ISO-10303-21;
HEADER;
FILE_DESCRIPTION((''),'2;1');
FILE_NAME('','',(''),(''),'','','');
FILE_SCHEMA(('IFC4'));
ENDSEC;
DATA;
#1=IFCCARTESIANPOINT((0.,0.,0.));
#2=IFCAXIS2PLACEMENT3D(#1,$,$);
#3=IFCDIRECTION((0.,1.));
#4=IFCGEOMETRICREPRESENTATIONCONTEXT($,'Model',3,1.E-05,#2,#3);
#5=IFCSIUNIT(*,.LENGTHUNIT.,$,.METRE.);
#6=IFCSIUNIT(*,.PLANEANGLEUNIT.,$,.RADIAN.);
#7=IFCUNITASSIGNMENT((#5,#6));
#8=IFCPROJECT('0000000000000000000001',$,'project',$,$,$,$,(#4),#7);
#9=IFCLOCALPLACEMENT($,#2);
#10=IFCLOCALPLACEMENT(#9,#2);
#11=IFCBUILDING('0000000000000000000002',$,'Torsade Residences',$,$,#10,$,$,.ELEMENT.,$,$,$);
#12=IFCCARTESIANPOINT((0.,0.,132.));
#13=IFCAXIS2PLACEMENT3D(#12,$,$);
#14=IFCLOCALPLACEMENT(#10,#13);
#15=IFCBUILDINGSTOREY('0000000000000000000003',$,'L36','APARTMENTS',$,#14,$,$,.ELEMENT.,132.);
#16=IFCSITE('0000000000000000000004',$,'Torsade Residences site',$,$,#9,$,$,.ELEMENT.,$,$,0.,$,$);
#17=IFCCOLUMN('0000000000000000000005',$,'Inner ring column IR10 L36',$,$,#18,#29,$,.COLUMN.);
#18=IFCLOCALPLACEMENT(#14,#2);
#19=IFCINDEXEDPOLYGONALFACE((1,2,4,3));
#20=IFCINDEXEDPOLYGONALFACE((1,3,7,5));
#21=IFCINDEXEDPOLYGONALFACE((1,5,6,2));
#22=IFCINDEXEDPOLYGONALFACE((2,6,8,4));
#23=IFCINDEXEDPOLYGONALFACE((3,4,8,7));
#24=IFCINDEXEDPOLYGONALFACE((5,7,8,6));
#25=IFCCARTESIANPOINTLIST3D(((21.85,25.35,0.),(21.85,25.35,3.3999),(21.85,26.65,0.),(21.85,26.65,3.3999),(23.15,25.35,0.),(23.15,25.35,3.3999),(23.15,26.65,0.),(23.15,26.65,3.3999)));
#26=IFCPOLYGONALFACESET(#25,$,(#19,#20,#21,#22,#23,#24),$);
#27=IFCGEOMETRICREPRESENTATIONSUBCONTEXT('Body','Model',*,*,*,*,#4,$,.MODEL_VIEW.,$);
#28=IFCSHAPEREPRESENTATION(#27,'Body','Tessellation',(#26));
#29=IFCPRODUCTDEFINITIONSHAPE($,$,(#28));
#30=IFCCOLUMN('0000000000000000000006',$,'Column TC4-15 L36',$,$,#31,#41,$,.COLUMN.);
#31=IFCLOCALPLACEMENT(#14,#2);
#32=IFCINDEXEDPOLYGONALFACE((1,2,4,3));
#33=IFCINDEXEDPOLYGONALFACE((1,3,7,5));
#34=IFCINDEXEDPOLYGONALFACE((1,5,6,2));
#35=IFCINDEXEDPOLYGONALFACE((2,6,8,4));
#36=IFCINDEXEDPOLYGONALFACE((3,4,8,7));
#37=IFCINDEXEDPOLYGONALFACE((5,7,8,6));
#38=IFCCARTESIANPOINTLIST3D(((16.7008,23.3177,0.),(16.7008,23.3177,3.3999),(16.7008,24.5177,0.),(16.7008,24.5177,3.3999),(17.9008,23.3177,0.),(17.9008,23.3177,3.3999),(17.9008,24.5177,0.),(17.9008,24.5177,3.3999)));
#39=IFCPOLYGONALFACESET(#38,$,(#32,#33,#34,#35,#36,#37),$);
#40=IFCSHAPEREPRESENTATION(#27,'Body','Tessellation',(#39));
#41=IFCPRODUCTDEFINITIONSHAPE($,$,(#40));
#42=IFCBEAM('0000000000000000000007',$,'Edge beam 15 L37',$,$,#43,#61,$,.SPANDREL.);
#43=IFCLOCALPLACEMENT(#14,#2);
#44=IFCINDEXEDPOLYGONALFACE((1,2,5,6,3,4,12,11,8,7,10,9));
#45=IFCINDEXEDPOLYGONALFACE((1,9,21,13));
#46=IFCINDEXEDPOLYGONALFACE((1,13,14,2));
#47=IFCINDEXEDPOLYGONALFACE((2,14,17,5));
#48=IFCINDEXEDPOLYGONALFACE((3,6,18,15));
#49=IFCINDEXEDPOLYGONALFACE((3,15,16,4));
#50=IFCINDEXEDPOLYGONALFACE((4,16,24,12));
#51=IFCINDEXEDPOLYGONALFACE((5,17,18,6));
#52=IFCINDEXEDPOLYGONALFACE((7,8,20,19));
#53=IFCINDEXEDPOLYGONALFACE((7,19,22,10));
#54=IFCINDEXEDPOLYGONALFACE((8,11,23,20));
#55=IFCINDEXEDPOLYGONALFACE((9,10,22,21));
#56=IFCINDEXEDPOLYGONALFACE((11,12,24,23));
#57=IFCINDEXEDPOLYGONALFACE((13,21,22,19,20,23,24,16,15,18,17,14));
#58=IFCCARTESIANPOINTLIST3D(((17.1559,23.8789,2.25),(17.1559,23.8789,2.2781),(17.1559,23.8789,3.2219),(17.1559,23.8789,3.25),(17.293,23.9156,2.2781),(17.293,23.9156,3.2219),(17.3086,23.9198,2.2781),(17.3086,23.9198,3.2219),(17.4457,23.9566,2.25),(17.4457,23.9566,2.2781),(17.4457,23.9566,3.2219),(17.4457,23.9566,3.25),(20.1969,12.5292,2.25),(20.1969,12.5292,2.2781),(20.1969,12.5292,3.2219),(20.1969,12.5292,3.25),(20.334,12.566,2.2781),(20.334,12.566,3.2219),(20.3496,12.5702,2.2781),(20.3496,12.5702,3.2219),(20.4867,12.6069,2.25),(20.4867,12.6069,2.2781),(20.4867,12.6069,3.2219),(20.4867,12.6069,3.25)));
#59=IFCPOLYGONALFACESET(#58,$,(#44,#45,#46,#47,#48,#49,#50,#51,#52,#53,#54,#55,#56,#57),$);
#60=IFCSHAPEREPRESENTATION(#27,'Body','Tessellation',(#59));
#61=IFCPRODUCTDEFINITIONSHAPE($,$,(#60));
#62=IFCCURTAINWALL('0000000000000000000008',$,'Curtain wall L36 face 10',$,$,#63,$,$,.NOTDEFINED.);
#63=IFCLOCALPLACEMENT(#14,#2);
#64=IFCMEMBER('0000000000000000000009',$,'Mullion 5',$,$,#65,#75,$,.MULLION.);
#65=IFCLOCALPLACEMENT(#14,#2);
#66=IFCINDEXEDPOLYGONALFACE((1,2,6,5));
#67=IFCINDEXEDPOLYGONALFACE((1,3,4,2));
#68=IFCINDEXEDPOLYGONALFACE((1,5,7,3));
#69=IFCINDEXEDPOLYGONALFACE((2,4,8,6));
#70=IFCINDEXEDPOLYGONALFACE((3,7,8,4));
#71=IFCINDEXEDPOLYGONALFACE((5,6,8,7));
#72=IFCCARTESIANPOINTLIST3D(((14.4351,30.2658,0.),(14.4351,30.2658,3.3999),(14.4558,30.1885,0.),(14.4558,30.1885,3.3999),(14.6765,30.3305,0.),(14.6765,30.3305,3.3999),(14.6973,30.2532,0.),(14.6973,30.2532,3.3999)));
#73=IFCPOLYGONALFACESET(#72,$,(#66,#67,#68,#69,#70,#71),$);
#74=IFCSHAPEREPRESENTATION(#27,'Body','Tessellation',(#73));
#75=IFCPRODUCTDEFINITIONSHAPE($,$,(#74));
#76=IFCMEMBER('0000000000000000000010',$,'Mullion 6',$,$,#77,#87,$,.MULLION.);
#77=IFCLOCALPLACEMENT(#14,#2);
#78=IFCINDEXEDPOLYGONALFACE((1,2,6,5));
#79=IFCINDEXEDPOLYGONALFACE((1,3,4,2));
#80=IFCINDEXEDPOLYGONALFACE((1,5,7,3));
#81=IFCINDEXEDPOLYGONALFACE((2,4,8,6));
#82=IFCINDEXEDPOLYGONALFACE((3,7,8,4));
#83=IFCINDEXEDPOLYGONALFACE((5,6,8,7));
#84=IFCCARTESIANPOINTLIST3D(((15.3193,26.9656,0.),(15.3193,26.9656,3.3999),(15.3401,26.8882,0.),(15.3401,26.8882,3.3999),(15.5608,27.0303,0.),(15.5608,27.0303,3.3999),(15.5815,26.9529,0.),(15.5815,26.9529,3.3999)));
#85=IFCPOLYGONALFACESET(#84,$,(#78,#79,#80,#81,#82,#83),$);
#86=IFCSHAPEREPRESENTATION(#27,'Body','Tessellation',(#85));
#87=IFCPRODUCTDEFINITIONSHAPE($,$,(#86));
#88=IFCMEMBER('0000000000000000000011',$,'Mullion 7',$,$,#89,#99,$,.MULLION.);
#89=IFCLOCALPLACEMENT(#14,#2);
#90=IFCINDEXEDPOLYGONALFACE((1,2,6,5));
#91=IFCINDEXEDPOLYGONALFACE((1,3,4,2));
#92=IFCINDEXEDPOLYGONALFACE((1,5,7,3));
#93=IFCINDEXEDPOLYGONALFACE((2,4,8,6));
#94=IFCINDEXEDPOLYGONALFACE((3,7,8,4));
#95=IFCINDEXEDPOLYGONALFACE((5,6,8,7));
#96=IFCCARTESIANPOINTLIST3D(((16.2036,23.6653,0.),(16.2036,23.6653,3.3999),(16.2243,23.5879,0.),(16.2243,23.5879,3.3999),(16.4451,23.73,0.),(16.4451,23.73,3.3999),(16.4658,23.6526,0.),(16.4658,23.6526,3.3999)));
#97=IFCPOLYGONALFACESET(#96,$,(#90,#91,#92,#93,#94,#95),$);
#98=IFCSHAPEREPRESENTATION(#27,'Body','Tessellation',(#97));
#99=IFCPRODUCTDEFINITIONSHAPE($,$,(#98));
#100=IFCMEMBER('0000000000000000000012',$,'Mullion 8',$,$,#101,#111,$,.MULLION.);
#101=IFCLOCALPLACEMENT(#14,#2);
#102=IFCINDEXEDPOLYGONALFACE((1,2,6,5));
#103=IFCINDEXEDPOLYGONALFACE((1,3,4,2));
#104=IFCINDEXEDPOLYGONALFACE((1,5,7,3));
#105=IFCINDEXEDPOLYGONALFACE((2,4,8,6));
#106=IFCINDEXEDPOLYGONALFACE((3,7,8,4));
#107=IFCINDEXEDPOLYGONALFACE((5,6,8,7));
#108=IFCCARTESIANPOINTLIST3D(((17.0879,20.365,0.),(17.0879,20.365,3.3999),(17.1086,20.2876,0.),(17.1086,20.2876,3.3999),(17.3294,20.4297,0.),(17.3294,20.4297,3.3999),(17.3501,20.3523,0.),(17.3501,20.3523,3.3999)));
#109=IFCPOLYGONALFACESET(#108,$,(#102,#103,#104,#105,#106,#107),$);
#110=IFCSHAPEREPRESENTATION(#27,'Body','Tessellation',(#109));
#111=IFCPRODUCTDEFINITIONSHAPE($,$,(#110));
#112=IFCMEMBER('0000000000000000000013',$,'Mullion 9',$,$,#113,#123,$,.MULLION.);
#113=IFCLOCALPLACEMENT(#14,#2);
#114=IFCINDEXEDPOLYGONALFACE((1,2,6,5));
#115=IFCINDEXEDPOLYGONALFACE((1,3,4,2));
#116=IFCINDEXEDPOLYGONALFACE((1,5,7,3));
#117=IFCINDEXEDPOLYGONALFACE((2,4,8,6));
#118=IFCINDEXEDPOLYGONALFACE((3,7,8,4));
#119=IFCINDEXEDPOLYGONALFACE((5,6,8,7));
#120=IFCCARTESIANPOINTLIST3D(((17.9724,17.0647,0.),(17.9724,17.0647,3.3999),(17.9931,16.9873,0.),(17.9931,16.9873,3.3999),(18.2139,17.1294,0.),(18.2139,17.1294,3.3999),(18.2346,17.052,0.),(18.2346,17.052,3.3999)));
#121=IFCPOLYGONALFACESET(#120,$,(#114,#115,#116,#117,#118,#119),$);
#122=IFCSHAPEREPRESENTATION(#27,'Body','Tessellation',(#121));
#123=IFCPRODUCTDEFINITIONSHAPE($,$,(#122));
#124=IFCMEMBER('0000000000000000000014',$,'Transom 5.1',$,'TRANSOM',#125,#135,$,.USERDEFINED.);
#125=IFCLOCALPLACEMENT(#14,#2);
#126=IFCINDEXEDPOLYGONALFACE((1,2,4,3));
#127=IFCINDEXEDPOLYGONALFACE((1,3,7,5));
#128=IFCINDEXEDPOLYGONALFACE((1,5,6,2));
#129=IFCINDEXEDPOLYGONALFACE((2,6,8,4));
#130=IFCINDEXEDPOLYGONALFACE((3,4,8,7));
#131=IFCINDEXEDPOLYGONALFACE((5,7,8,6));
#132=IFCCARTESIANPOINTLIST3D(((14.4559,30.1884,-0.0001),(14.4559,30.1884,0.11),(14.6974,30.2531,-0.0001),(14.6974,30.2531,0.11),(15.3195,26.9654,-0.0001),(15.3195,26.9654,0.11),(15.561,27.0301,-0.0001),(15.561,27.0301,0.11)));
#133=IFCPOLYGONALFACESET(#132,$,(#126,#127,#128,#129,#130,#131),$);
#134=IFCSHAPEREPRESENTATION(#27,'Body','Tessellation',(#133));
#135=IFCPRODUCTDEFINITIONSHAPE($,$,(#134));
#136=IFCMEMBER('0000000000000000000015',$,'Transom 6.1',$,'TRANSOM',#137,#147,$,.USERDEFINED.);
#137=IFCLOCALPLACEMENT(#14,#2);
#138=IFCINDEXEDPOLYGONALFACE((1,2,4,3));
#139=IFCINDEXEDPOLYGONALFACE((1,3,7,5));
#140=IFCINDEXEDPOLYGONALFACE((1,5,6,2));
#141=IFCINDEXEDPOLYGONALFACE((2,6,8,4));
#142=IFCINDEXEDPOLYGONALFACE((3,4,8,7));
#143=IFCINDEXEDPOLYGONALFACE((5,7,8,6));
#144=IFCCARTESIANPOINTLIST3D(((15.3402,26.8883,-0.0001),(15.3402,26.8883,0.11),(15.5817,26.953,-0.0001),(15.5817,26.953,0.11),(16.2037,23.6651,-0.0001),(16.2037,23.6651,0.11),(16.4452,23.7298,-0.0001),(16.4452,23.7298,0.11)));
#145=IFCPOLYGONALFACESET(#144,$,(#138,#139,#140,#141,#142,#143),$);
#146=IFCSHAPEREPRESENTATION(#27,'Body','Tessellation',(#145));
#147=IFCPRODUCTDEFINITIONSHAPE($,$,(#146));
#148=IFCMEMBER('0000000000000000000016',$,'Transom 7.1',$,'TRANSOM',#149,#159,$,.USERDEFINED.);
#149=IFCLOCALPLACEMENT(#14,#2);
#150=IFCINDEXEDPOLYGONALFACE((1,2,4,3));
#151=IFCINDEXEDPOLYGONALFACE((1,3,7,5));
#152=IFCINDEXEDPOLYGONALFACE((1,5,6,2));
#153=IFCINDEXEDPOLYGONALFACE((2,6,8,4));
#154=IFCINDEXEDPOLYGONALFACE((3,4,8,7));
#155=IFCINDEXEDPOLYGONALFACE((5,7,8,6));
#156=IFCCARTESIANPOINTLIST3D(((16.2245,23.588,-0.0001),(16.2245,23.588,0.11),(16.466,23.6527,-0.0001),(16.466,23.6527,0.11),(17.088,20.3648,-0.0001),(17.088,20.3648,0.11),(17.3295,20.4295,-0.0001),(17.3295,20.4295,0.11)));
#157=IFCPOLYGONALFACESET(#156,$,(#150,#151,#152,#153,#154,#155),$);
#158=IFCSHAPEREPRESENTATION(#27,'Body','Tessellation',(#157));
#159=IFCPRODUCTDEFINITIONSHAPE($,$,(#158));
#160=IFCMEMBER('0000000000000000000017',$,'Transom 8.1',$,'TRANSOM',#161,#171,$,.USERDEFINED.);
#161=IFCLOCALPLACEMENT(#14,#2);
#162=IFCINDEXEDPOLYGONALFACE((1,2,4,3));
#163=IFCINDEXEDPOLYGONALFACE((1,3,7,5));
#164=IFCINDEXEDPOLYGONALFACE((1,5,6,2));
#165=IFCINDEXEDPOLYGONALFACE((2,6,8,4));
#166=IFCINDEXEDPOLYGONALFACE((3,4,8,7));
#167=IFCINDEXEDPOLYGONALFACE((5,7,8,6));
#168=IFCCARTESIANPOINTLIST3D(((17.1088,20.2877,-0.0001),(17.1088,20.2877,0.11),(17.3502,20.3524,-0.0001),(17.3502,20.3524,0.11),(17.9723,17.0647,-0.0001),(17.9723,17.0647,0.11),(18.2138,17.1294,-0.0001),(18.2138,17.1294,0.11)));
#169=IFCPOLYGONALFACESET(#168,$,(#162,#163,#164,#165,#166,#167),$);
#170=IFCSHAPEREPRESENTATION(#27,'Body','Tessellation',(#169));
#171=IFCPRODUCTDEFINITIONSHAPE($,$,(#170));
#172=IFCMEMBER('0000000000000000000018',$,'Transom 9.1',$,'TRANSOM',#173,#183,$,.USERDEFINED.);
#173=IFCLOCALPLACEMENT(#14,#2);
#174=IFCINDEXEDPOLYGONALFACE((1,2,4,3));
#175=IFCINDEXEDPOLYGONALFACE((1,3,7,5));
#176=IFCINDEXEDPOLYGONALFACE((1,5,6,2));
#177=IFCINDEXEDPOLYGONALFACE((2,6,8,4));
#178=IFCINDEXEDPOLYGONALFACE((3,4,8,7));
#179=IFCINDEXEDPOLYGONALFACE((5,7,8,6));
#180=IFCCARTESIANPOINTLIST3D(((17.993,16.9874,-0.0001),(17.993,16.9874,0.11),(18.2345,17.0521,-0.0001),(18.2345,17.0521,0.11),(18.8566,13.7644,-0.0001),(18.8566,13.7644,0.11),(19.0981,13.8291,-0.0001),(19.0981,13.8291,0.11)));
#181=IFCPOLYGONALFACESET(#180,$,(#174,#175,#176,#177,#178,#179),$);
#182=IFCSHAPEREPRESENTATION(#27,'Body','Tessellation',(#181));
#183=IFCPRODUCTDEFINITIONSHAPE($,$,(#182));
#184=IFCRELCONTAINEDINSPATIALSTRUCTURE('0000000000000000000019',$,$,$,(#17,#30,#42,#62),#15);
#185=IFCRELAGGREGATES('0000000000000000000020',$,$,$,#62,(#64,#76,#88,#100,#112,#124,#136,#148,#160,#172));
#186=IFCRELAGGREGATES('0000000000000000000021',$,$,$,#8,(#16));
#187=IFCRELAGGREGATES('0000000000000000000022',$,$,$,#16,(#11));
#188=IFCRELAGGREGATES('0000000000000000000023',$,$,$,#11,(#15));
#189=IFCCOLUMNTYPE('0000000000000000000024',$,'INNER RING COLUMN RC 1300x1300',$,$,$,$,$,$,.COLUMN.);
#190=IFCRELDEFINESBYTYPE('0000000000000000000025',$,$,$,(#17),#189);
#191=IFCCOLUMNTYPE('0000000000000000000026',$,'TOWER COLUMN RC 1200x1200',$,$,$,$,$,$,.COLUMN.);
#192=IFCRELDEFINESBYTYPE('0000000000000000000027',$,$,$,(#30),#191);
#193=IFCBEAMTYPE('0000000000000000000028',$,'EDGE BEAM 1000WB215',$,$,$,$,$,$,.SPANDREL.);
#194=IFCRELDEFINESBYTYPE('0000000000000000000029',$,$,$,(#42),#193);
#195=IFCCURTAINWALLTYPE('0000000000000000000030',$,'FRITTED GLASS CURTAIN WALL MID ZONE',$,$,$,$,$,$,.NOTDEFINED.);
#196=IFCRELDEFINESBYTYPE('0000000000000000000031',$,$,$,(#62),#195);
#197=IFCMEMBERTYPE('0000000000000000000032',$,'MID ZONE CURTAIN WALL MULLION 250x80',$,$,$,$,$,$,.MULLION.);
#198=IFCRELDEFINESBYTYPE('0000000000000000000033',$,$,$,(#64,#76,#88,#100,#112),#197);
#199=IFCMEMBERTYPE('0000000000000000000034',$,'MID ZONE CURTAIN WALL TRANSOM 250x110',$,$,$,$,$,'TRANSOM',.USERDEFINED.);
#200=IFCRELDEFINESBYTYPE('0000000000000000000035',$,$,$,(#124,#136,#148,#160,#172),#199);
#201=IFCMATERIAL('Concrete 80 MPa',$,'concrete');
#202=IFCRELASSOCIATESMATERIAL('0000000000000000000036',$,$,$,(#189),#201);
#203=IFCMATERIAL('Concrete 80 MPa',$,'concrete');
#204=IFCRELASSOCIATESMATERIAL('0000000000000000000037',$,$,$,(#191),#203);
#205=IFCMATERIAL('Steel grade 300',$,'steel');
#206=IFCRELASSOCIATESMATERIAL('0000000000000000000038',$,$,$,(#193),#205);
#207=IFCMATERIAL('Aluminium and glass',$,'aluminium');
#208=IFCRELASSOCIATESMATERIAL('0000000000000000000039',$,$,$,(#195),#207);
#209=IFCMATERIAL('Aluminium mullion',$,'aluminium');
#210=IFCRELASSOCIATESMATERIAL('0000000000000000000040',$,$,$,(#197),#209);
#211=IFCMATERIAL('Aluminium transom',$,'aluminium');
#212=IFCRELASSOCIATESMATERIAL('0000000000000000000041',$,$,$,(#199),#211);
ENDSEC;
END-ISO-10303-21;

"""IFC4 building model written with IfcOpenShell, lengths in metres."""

from ifc_helpers import new_model, si_unit, direction, frame, origin, origin_2d, place, context, subcontext, project, spatial, rectangle, i_section, extrude, material, material_profile, profile_set, type_object, element, aggregate, save


model = new_model("IFC4")

# Units and contexts
model_context = context("Model", 3, precision=1e-05, world=origin(), true_north=direction((0.0, 1.0)))
body_context = subcontext(model_context, "Body", "Model", "MODEL_VIEW")
ifc_project = project(units=[si_unit("LENGTHUNIT", "METRE"), si_unit("PLANEANGLEUNIT", "RADIAN")], contexts=[model_context])

# Site, building, storey
site_placement = place(None, origin())
site = spatial("IfcSite", under=ifc_project, at=site_placement, Name="Torsade Residences site", CompositionType="ELEMENT", RefElevation=0.0)
building_placement = place(site_placement, origin())
building = spatial("IfcBuilding", under=site, at=building_placement, Name="Torsade Residences", CompositionType="ELEMENT")
storey_placement = place(building_placement, frame((0.0, 0.0, 132.0)))
storey = spatial("IfcBuildingStorey", under=building, at=storey_placement, Name="L36", Description="APARTMENTS", CompositionType="ELEMENT", Elevation=132.0)

# Columns
ifc_material_1 = material(Name="Concrete 80 MPa", Category="concrete")
ifc_material_profile_1 = material_profile(ifc_material_1, rectangle(XDim=1.3, YDim=1.3, at=origin_2d()), Name="RC 1300x1300")
ifc_profile_set_1 = profile_set([ifc_material_profile_1], Name="Concrete 80 MPa")
column_type_1 = type_object("IfcColumnType", Name="INNER RING COLUMN RC 1300x1300", PredefinedType="COLUMN", material=ifc_profile_set_1)
column_1_placement = place(storey_placement, frame((22.5, 26.0, 0.0), z_axis=(0.0, 0.0, 1.0), x_axis=(1.0, 0.0, 0.0)))
element("IfcColumn", 1, at=column_1_placement, inside=storey, type_object=column_type_1, Name="Inner ring column IR10 L36", PredefinedType="COLUMN", context=body_context, shape_type="SweptSolid", body=[
    extrude(rectangle(XDim=1.3, YDim=1.3, at=origin_2d()), origin(), (0.0, 0.0, 1.0), 3.3999),
])
ifc_material_2 = material(Name="Concrete 80 MPa", Category="concrete")
ifc_material_profile_2 = material_profile(ifc_material_2, rectangle(XDim=1.2, YDim=1.2, at=origin_2d()), Name="RC 1200x1200")
ifc_profile_set_2 = profile_set([ifc_material_profile_2], Name="Concrete 80 MPa")
column_type_2 = type_object("IfcColumnType", Name="TOWER COLUMN RC 1200x1200", PredefinedType="COLUMN", material=ifc_profile_set_2)
column_2_placement = place(storey_placement, frame((17.3008, 23.9177, 0.0), z_axis=(0.0, 0.0, 1.0), x_axis=(1.0, 0.0, 0.0)))
element("IfcColumn", 2, at=column_2_placement, inside=storey, type_object=column_type_2, Name="Column TC4-15 L36", PredefinedType="COLUMN", context=body_context, shape_type="SweptSolid", body=[
    extrude(rectangle(XDim=1.2, YDim=1.2, at=origin_2d()), origin(), (0.0, 0.0, 1.0), 3.3999),
])

# Beam
ifc_material_3 = material(Name="Steel grade 300", Category="steel")
ifc_material_profile_3 = material_profile(ifc_material_3, i_section(OverallWidth=0.3, OverallDepth=1.0, WebThickness=0.0161, FlangeThickness=0.0281, at=origin_2d()), Name="1000WB215")
ifc_profile_set_3 = profile_set([ifc_material_profile_3], Name="Steel grade 300")
beam_type_1 = type_object("IfcBeamType", Name="EDGE BEAM 1000WB215", PredefinedType="SPANDREL", material=ifc_profile_set_3)
beam_1_placement = place(storey_placement, frame((17.3008, 23.9177, 2.75), z_axis=(0.258811, -0.965928, 0.0), x_axis=(0.965928, 0.258811, 0.0)))
element("IfcBeam", 3, at=beam_1_placement, inside=storey, type_object=beam_type_1, Name="Edge beam 15 L37", PredefinedType="SPANDREL", context=body_context, shape_type="SweptSolid", body=[
    extrude(i_section(OverallWidth=0.3, OverallDepth=1.0, WebThickness=0.0161, FlangeThickness=0.0281, at=origin_2d()), origin(), (0.0, 0.0, 1.0), 11.75),
])

# Curtain wall, members
ifc_material_4 = material(Name="Aluminium and glass", Category="aluminium")
curtain_wall_type = type_object("IfcCurtainWallType", Name="FRITTED GLASS CURTAIN WALL MID ZONE", PredefinedType="NOTDEFINED", material=ifc_material_4)
curtain_wall_placement = place(storey_placement, origin())
curtain_wall = element("IfcCurtainWall", 4, at=curtain_wall_placement, inside=storey, type_object=curtain_wall_type, Name="Curtain wall L36 face 10", PredefinedType="NOTDEFINED")
ifc_material_5 = material(Name="Aluminium mullion", Category="aluminium")
ifc_material_profile_4 = material_profile(ifc_material_5, rectangle(XDim=0.25, YDim=0.0801, at=origin_2d()), Name="MID ZONE CURTAIN WALL MULLION 250x80")
ifc_profile_set_4 = profile_set([ifc_material_profile_4], Name="Aluminium mullion")
member_type_1 = type_object("IfcMemberType", Name="MID ZONE CURTAIN WALL MULLION 250x80", PredefinedType="MULLION", material=ifc_profile_set_4)
member_1_placement = place(storey_placement, frame((14.5662, 30.2595, 0.0), z_axis=(0.0, 0.0, 1.0), x_axis=(0.965926, 0.258819, 0.0)))
member_1 = element("IfcMember", 5, at=member_1_placement, type_object=member_type_1, Name="Mullion 5", PredefinedType="MULLION", context=body_context, shape_type="SweptSolid", body=[
    extrude(rectangle(XDim=0.25, YDim=0.0801, at=origin_2d()), origin(), (0.0, 0.0, 1.0), 3.3999),
])
member_2_placement = place(storey_placement, frame((15.4504, 26.9592, 0.0), z_axis=(0.0, 0.0, 1.0), x_axis=(0.965926, 0.258819, 0.0)))
member_2 = element("IfcMember", 6, at=member_2_placement, type_object=member_type_1, Name="Mullion 6", PredefinedType="MULLION", context=body_context, shape_type="SweptSolid", body=[
    extrude(rectangle(XDim=0.25, YDim=0.0801, at=origin_2d()), origin(), (0.0, 0.0, 1.0), 3.3999),
])
member_3_placement = place(storey_placement, frame((16.3347, 23.6589, 0.0), z_axis=(0.0, 0.0, 1.0), x_axis=(0.965926, 0.258819, 0.0)))
member_3 = element("IfcMember", 7, at=member_3_placement, type_object=member_type_1, Name="Mullion 7", PredefinedType="MULLION", context=body_context, shape_type="SweptSolid", body=[
    extrude(rectangle(XDim=0.25, YDim=0.0801, at=origin_2d()), origin(), (0.0, 0.0, 1.0), 3.3999),
])
member_4_placement = place(storey_placement, frame((17.219, 20.3586, 0.0), z_axis=(0.0, 0.0, 1.0), x_axis=(0.965926, 0.258819, 0.0)))
member_4 = element("IfcMember", 8, at=member_4_placement, type_object=member_type_1, Name="Mullion 8", PredefinedType="MULLION", context=body_context, shape_type="SweptSolid", body=[
    extrude(rectangle(XDim=0.25, YDim=0.0801, at=origin_2d()), origin(), (0.0, 0.0, 1.0), 3.3999),
])
member_5_placement = place(storey_placement, frame((18.1035, 17.0583, 0.0), z_axis=(0.0, 0.0, 1.0), x_axis=(0.965926, 0.258819, 0.0)))
member_5 = element("IfcMember", 9, at=member_5_placement, type_object=member_type_1, Name="Mullion 9", PredefinedType="MULLION", context=body_context, shape_type="SweptSolid", body=[
    extrude(rectangle(XDim=0.25, YDim=0.0801, at=origin_2d()), origin(), (0.0, 0.0, 1.0), 3.3999),
])
ifc_material_6 = material(Name="Aluminium transom", Category="aluminium")
ifc_material_profile_5 = material_profile(ifc_material_6, rectangle(XDim=0.25, YDim=0.1101, at=origin_2d()), Name="MID ZONE CURTAIN WALL TRANSOM 250x110")
ifc_profile_set_5 = profile_set([ifc_material_profile_5], Name="Aluminium transom")
member_type_2 = type_object("IfcMemberType", Name="MID ZONE CURTAIN WALL TRANSOM 250x110", ElementType="TRANSOM", PredefinedType="USERDEFINED", material=ifc_profile_set_5)
member_6_placement = place(storey_placement, frame((14.5767, 30.2207, 0.0549), z_axis=(0.258806, -0.965929, 0.0), x_axis=(0.965929, 0.258806, 0.0)))
member_6 = element("IfcMember", 10, at=member_6_placement, type_object=member_type_2, Name="Transom 5.1", ObjectType="TRANSOM", PredefinedType="USERDEFINED", context=body_context, shape_type="SweptSolid", body=[
    extrude(rectangle(XDim=0.25, YDim=0.1101, at=origin_2d()), origin(), (0.0, 0.0, 1.0), 3.3367),
])
member_7_placement = place(storey_placement, frame((15.4609, 26.9207, 0.0549), z_axis=(0.258787, -0.965934, 0.0), x_axis=(0.965934, 0.258787, 0.0)))
member_7 = element("IfcMember", 11, at=member_7_placement, type_object=member_type_2, Name="Transom 6.1", ObjectType="TRANSOM", PredefinedType="USERDEFINED", context=body_context, shape_type="SweptSolid", body=[
    extrude(rectangle(XDim=0.25, YDim=0.1101, at=origin_2d()), origin(), (0.0, 0.0, 1.0), 3.3369),
])
member_8_placement = place(storey_placement, frame((16.3452, 23.6204, 0.0549), z_axis=(0.258787, -0.965934, 0.0), x_axis=(0.965934, 0.258787, 0.0)))
member_8 = element("IfcMember", 12, at=member_8_placement, type_object=member_type_2, Name="Transom 7.1", ObjectType="TRANSOM", PredefinedType="USERDEFINED", context=body_context, shape_type="SweptSolid", body=[
    extrude(rectangle(XDim=0.25, YDim=0.1101, at=origin_2d()), origin(), (0.0, 0.0, 1.0), 3.3369),
])
member_9_placement = place(storey_placement, frame((17.2295, 20.3201, 0.0549), z_axis=(0.258806, -0.965929, 0.0), x_axis=(0.965929, 0.258806, 0.0)))
member_9 = element("IfcMember", 13, at=member_9_placement, type_object=member_type_2, Name="Transom 8.1", ObjectType="TRANSOM", PredefinedType="USERDEFINED", context=body_context, shape_type="SweptSolid", body=[
    extrude(rectangle(XDim=0.25, YDim=0.1101, at=origin_2d()), origin(), (0.0, 0.0, 1.0), 3.3367),
])
member_10_placement = place(storey_placement, frame((18.1138, 17.0198, 0.0549), z_axis=(0.258806, -0.965929, 0.0), x_axis=(0.965929, 0.258806, 0.0)))
member_10 = element("IfcMember", 14, at=member_10_placement, type_object=member_type_2, Name="Transom 9.1", ObjectType="TRANSOM", PredefinedType="USERDEFINED", context=body_context, shape_type="SweptSolid", body=[
    extrude(rectangle(XDim=0.25, YDim=0.1101, at=origin_2d()), origin(), (0.0, 0.0, 1.0), 3.3367),
])

aggregate(curtain_wall, [member_1, member_2, member_3, member_4, member_5, member_6, member_7, member_8, member_9, member_10])

save(model, "model.ifc")
